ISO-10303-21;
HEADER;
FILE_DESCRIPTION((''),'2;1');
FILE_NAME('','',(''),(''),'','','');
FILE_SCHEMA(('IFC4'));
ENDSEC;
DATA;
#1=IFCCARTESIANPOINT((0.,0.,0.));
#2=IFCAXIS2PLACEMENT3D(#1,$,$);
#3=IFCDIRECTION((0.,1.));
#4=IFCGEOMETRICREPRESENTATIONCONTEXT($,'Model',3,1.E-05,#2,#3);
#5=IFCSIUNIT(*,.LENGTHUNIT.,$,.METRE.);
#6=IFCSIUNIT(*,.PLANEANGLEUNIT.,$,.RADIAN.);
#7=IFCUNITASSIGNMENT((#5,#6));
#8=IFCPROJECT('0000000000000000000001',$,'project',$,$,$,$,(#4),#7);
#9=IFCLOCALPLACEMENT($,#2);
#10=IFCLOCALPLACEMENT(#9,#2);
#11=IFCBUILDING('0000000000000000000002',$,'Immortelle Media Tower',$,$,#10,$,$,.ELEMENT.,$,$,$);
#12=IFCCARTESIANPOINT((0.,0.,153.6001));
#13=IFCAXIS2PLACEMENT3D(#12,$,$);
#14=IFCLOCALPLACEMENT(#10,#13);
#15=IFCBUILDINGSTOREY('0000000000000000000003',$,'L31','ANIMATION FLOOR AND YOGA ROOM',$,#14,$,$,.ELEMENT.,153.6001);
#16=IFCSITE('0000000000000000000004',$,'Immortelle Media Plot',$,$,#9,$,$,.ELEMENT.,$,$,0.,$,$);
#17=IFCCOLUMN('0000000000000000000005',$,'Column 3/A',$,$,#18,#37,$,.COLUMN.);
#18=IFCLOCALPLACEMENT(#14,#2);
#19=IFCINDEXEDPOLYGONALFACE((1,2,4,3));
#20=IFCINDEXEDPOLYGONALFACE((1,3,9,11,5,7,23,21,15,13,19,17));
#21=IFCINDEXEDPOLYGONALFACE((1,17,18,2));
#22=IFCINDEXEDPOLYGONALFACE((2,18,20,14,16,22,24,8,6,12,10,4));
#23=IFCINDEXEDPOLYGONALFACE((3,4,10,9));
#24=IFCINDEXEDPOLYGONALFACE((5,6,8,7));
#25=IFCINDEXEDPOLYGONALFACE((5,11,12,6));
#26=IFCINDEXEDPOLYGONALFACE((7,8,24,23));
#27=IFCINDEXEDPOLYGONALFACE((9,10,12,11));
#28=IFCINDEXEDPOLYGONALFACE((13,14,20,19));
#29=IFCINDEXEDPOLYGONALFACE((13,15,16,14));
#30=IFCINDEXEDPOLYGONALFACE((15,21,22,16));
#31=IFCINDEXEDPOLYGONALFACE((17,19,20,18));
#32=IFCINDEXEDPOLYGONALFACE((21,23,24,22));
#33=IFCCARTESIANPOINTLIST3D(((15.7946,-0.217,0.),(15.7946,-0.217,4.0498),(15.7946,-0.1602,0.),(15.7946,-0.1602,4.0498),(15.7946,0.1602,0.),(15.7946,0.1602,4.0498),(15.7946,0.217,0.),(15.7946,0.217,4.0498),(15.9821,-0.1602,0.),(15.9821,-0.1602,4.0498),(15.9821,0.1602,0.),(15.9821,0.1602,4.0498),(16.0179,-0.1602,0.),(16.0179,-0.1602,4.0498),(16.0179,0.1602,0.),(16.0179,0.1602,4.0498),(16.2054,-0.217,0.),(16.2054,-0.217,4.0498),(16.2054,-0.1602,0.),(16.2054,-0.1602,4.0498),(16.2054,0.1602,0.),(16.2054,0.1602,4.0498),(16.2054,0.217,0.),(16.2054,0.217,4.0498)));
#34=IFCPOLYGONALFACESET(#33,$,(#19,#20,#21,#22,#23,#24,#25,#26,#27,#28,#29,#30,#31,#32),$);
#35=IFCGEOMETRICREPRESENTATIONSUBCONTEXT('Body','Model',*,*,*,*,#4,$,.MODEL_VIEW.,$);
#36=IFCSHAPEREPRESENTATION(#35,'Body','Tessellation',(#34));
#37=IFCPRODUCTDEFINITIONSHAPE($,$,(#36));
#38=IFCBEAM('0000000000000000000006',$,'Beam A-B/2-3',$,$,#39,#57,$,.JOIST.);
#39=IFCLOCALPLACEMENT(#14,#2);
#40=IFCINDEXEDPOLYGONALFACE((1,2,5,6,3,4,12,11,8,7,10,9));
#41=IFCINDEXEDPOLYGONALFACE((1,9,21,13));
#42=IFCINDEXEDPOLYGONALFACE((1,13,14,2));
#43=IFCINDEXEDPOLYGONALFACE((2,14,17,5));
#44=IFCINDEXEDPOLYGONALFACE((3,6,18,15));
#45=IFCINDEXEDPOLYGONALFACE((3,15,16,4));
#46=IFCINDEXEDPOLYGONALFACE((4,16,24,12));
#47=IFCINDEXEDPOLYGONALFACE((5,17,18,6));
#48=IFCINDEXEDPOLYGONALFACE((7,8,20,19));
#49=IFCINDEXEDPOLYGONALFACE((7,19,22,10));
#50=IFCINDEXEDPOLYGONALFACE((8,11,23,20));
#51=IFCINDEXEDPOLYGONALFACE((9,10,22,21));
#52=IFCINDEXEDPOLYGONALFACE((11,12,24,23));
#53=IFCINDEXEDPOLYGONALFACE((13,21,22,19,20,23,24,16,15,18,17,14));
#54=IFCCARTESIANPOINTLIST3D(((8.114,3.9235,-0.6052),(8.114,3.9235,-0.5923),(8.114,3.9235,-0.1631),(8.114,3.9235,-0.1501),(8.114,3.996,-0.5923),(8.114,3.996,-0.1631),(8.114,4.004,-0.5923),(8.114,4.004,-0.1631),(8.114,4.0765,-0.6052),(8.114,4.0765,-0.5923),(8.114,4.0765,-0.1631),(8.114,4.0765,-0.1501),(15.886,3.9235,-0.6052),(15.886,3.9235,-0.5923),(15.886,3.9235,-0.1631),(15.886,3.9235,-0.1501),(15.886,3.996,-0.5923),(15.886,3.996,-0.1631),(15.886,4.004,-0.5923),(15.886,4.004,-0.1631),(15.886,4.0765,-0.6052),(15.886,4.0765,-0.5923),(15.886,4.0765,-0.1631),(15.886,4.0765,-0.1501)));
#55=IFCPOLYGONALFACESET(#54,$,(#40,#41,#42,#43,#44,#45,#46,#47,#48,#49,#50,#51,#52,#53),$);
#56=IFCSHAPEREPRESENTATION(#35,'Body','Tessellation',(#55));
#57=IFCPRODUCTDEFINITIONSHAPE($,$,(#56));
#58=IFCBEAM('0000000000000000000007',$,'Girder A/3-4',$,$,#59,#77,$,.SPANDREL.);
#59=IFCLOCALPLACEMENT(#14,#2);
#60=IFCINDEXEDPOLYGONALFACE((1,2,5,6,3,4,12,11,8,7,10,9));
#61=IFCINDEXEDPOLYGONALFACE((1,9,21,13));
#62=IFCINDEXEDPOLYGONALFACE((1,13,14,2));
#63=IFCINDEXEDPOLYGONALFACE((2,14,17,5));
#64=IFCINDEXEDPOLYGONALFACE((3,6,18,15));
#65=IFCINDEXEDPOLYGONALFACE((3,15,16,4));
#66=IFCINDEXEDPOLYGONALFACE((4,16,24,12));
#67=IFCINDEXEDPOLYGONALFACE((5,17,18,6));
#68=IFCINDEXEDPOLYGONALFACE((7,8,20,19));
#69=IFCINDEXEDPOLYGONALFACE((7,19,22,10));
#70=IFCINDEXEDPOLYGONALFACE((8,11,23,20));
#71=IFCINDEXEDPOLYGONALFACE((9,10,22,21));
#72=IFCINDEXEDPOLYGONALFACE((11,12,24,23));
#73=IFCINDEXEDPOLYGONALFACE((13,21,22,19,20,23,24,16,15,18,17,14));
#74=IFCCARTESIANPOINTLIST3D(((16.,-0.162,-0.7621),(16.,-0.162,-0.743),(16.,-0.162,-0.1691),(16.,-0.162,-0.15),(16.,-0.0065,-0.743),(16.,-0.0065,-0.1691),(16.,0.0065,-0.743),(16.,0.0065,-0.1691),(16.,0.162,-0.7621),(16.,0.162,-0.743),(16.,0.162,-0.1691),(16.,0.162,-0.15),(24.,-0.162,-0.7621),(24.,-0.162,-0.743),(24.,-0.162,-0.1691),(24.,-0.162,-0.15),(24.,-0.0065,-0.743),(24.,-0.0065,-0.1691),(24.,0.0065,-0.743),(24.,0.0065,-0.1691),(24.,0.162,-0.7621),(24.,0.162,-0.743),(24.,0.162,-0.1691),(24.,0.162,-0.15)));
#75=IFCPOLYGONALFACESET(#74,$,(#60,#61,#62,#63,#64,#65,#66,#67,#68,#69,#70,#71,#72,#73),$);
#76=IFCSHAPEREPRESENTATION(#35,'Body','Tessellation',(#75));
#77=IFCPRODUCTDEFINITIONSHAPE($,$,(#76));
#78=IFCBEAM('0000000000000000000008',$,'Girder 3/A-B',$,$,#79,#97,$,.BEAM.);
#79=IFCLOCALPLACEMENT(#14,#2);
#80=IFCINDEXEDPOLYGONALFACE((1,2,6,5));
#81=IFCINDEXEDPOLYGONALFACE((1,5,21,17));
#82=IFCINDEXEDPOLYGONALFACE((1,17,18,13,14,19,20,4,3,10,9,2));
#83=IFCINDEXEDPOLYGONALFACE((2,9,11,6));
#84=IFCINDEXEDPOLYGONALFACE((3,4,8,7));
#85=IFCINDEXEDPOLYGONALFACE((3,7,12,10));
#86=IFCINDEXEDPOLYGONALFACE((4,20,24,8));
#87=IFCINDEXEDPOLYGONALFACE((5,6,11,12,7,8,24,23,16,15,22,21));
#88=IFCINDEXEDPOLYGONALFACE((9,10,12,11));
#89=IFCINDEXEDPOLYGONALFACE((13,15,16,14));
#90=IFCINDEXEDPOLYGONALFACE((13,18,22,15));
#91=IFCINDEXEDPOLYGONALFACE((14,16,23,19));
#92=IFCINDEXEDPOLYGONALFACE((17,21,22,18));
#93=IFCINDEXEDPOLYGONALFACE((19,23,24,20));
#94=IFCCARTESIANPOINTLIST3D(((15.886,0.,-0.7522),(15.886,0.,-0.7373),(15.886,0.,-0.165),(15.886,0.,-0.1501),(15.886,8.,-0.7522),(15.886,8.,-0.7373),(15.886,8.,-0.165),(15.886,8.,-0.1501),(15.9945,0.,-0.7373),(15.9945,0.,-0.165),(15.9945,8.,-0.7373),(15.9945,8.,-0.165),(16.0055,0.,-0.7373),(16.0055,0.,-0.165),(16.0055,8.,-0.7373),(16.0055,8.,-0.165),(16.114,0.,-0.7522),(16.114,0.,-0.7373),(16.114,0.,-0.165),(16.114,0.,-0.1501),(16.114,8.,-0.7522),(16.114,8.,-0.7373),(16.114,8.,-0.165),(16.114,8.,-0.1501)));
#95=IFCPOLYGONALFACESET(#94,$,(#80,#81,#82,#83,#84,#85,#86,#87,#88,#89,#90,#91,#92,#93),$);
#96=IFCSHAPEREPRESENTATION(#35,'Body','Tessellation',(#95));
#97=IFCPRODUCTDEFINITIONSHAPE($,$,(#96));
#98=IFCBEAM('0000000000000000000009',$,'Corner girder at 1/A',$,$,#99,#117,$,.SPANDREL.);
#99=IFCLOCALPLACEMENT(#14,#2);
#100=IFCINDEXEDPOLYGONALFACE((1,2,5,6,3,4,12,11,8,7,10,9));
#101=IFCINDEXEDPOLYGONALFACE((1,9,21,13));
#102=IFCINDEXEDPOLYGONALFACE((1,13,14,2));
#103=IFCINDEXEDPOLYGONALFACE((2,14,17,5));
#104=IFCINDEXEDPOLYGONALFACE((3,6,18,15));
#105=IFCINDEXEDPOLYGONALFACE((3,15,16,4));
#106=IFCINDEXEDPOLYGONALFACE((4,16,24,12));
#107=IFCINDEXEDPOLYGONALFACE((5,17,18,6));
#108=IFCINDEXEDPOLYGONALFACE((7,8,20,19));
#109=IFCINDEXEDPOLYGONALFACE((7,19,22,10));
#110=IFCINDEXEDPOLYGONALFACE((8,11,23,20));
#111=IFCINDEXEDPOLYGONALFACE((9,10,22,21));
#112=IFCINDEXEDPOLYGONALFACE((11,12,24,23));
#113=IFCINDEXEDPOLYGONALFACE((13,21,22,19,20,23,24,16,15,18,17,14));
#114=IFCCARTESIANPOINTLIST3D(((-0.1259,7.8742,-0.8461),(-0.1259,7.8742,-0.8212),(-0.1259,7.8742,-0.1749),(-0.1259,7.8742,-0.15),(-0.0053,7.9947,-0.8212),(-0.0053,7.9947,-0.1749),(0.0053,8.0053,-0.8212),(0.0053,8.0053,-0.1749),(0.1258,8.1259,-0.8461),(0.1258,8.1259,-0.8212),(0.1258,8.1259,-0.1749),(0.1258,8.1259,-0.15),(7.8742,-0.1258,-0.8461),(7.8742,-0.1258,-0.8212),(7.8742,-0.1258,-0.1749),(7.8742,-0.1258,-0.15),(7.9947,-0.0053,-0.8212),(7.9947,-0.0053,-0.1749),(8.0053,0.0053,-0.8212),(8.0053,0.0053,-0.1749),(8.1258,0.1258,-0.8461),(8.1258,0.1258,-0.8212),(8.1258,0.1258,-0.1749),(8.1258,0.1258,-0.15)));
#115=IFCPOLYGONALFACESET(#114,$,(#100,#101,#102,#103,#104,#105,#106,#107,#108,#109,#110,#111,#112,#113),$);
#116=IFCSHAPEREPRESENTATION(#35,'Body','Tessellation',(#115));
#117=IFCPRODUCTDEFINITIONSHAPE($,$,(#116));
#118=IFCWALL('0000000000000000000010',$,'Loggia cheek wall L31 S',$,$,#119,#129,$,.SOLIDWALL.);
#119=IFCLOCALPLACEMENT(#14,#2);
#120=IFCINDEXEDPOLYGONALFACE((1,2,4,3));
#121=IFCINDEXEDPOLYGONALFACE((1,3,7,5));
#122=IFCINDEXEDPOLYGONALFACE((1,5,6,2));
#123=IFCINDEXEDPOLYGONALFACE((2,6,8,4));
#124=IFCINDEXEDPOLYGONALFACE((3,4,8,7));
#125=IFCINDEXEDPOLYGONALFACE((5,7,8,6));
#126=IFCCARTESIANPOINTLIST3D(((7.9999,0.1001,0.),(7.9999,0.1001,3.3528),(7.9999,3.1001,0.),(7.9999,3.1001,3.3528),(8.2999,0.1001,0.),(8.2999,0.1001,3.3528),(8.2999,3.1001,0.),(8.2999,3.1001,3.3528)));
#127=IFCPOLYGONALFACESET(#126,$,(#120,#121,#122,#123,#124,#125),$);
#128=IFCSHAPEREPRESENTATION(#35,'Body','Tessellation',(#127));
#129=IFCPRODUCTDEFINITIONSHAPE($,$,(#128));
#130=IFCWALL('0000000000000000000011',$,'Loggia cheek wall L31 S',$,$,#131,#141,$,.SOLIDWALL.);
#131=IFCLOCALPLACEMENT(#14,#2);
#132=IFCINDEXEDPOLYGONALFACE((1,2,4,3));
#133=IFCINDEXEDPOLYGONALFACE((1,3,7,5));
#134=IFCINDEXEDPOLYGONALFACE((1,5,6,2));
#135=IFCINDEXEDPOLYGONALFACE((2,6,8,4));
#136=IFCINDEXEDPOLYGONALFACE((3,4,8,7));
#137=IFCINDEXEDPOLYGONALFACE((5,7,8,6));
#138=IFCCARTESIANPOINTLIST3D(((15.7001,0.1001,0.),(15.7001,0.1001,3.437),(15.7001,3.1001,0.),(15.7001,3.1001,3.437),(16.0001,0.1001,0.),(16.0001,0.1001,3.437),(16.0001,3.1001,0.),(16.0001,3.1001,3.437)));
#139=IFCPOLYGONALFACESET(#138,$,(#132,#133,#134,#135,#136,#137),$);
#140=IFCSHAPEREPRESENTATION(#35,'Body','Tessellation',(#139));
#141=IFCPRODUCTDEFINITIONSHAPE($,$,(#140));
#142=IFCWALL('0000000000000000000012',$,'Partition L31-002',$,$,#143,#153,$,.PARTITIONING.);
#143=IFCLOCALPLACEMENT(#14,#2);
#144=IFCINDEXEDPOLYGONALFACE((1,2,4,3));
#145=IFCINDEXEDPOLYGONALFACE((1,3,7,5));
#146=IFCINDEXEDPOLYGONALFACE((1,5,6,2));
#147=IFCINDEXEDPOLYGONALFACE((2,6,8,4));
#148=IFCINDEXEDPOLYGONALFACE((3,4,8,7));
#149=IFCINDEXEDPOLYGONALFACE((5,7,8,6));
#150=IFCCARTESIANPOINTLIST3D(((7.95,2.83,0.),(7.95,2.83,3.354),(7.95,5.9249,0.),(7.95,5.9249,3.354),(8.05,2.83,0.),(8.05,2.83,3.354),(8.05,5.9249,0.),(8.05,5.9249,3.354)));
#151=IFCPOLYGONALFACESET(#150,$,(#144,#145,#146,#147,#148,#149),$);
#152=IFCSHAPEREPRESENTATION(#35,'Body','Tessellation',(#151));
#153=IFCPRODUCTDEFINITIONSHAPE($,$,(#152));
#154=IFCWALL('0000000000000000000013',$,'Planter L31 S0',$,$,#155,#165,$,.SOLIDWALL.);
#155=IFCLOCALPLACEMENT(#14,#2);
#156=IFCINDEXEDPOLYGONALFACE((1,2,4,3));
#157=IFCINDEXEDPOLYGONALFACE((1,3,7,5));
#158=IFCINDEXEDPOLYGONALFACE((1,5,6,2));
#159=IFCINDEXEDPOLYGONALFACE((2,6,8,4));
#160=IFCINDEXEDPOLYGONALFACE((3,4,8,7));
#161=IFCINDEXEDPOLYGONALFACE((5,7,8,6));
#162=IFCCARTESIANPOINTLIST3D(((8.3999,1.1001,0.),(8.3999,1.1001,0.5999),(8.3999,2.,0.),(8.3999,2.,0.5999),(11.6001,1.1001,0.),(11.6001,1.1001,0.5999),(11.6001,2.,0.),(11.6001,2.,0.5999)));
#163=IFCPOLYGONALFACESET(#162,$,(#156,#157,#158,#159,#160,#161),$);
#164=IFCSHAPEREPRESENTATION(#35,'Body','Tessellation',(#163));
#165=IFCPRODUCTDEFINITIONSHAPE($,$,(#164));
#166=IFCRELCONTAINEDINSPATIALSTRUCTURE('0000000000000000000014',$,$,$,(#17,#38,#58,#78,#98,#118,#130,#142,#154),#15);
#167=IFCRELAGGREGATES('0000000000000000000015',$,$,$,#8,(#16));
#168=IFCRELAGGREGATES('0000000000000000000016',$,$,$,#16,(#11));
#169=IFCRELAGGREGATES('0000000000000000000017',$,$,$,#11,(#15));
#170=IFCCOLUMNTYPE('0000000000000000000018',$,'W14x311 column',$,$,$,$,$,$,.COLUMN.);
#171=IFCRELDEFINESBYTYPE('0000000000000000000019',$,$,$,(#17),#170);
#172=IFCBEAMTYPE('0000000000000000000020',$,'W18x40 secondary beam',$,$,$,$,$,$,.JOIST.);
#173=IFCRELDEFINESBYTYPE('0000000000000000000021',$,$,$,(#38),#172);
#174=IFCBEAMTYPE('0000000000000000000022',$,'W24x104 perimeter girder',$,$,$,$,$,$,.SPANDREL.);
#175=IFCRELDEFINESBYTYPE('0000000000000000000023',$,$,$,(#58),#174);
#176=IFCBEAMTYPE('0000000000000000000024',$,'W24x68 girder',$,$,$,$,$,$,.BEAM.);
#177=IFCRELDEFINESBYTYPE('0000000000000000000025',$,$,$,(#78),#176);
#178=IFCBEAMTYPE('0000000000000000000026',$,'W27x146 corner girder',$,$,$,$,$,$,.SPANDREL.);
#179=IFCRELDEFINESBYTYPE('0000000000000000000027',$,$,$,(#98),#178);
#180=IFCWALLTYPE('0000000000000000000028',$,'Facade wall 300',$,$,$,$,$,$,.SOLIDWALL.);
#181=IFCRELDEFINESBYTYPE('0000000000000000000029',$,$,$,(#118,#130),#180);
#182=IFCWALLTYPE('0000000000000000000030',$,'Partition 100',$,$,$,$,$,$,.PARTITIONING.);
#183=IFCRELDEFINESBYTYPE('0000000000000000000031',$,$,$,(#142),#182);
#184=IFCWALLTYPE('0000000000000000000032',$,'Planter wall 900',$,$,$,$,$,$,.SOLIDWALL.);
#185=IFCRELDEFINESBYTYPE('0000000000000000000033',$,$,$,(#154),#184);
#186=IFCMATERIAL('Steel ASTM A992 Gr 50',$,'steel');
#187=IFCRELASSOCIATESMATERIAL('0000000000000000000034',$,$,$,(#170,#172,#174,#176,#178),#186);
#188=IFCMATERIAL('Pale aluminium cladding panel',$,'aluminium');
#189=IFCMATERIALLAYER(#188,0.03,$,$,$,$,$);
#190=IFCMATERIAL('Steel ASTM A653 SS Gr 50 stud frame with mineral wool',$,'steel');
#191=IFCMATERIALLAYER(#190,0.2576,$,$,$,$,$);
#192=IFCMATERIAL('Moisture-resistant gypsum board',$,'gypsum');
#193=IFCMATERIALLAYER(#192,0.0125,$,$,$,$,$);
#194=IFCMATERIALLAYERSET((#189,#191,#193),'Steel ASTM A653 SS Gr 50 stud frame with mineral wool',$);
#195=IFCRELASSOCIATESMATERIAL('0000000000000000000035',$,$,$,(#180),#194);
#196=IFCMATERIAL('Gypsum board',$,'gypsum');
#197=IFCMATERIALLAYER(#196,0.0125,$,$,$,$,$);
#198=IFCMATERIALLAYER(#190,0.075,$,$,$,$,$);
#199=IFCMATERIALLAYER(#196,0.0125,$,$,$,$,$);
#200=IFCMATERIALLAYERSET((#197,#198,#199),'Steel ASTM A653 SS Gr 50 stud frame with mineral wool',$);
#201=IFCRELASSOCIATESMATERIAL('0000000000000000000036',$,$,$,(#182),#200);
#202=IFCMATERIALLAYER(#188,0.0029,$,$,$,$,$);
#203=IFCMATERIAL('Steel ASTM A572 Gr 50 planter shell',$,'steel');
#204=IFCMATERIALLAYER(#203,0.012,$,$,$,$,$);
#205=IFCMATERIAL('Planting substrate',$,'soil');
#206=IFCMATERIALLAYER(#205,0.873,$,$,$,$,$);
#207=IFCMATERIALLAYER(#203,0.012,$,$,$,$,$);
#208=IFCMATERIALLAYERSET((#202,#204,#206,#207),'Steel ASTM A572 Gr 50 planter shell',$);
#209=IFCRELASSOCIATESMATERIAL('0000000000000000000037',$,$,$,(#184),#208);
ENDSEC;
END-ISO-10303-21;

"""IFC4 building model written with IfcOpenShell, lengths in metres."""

from ifc_helpers import new_model, si_unit, direction, frame, frame_2d, origin, origin_2d, place, context, subcontext, project, spatial, rectangle, i_section, extrude, material, layer, layer_set, material_profile, profile_set, type_object, element, save


model = new_model("IFC4")

# Units and contexts
model_context = context("Model", 3, precision=1e-05, world=origin(), true_north=direction((0.0, 1.0)))
body_context = subcontext(model_context, "Body", "Model", "MODEL_VIEW")
ifc_project = project(units=[si_unit("LENGTHUNIT", "METRE"), si_unit("PLANEANGLEUNIT", "RADIAN")], contexts=[model_context])

# Site, building, storey
site_placement = place(None, origin())
site = spatial("IfcSite", under=ifc_project, at=site_placement, Name="Immortelle Media Plot", CompositionType="ELEMENT", RefElevation=0.0)
building_placement = place(site_placement, origin())
building = spatial("IfcBuilding", under=site, at=building_placement, Name="Immortelle Media Tower", CompositionType="ELEMENT")
storey_placement = place(building_placement, frame((0.0, 0.0, 153.6001)))
storey = spatial("IfcBuildingStorey", under=building, at=storey_placement, Name="L31", Description="ANIMATION FLOOR AND YOGA ROOM", CompositionType="ELEMENT", Elevation=153.6001)

# Column
ifc_material_1 = material(Name="Steel ASTM A992 Gr 50", Category="steel")
ifc_material_profile_1 = material_profile(ifc_material_1, i_section(OverallWidth=0.4109, OverallDepth=0.4341, WebThickness=0.0359, FlangeThickness=0.0569, at=origin_2d()), Name="W14x311")
ifc_profile_set_1 = profile_set([ifc_material_profile_1], Name="Steel ASTM A992 Gr 50")
column_type = type_object("IfcColumnType", Name="W14x311 column", PredefinedType="COLUMN", material=ifc_profile_set_1)
column_placement = place(storey_placement, frame((16.0, 0.0, 0.0), z_axis=(0.0, 0.0, 1.0), x_axis=(1.0, 0.0, 0.0)))
element("IfcColumn", 1, at=column_placement, inside=storey, type_object=column_type, Name="Column 3/A", PredefinedType="COLUMN", context=body_context, shape_type="SweptSolid", body=[
    extrude(i_section(OverallWidth=0.4109, OverallDepth=0.4341, WebThickness=0.0359, FlangeThickness=0.0569, at=origin_2d()), origin(), (0.0, 0.0, 1.0), 4.0498),
])

# Beams
ifc_material_profile_2 = material_profile(ifc_material_1, i_section(OverallWidth=0.1531, OverallDepth=0.4551, WebThickness=0.0081, FlangeThickness=0.0129, at=origin_2d()), Name="W18x40")
ifc_profile_set_2 = profile_set([ifc_material_profile_2], Name="Steel ASTM A992 Gr 50")
beam_type_1 = type_object("IfcBeamType", Name="W18x40 secondary beam", PredefinedType="JOIST", material=ifc_profile_set_2)
beam_1_placement = place(storey_placement, frame((8.114, 4.0, -0.3777), z_axis=(1.0, 0.0, 0.0), x_axis=(0.0, 1.0, 0.0)))
element("IfcBeam", 2, at=beam_1_placement, inside=storey, type_object=beam_type_1, Name="Beam A-B/2-3", PredefinedType="JOIST", context=body_context, shape_type="SweptSolid", body=[
    extrude(i_section(OverallWidth=0.1531, OverallDepth=0.4551, WebThickness=0.0081, FlangeThickness=0.0129, at=origin_2d()), origin(), (0.0, 0.0, 1.0), 7.772),
])
ifc_material_profile_3 = material_profile(ifc_material_1, i_section(OverallWidth=0.324, OverallDepth=0.6121, WebThickness=0.0129, FlangeThickness=0.019, at=origin_2d()), Name="W24x104")
ifc_profile_set_3 = profile_set([ifc_material_profile_3], Name="Steel ASTM A992 Gr 50")
beam_type_2 = type_object("IfcBeamType", Name="W24x104 perimeter girder", PredefinedType="SPANDREL", material=ifc_profile_set_3)
beam_2_placement = place(storey_placement, frame((16.0, 0.0, -0.4561), z_axis=(1.0, 0.0, 0.0), x_axis=(0.0, 1.0, 0.0)))
element("IfcBeam", 3, at=beam_2_placement, inside=storey, type_object=beam_type_2, Name="Girder A/3-4", PredefinedType="SPANDREL", context=body_context, shape_type="SweptSolid", body=[
    extrude(i_section(OverallWidth=0.324, OverallDepth=0.6121, WebThickness=0.0129, FlangeThickness=0.019, at=origin_2d()), origin(), (0.0, 0.0, 1.0), 8.0),
])
ifc_material_profile_4 = material_profile(ifc_material_1, i_section(OverallWidth=0.228, OverallDepth=0.6021, WebThickness=0.011, FlangeThickness=0.0149, at=origin_2d()), Name="W24x68")
ifc_profile_set_4 = profile_set([ifc_material_profile_4], Name="Steel ASTM A992 Gr 50")
beam_type_3 = type_object("IfcBeamType", Name="W24x68 girder", PredefinedType="BEAM", material=ifc_profile_set_4)
beam_3_placement = place(storey_placement, frame((16.0, 0.0, -0.4512), z_axis=(0.0, 1.0, 0.0), x_axis=(-1.0, 0.0, 0.0)))
element("IfcBeam", 4, at=beam_3_placement, inside=storey, type_object=beam_type_3, Name="Girder 3/A-B", PredefinedType="BEAM", context=body_context, shape_type="SweptSolid", body=[
    extrude(i_section(OverallWidth=0.228, OverallDepth=0.6021, WebThickness=0.011, FlangeThickness=0.0149, at=origin_2d()), origin(), (0.0, 0.0, 1.0), 8.0),
])
ifc_material_profile_5 = material_profile(ifc_material_1, i_section(OverallWidth=0.356, OverallDepth=0.696, WebThickness=0.0149, FlangeThickness=0.0249, at=origin_2d()), Name="W27x146")
ifc_profile_set_5 = profile_set([ifc_material_profile_5], Name="Steel ASTM A992 Gr 50")
beam_type_4 = type_object("IfcBeamType", Name="W27x146 corner girder", PredefinedType="SPANDREL", material=ifc_profile_set_5)
beam_4_placement = place(storey_placement, frame((8.0, 0.0, -0.498), z_axis=(-0.707107, 0.707107, 0.0), x_axis=(-0.707107, -0.707107, 0.0)))
element("IfcBeam", 5, at=beam_4_placement, inside=storey, type_object=beam_type_4, Name="Corner girder at 1/A", PredefinedType="SPANDREL", context=body_context, shape_type="SweptSolid", body=[
    extrude(i_section(OverallWidth=0.356, OverallDepth=0.696, WebThickness=0.0149, FlangeThickness=0.0249, at=origin_2d()), origin(), (0.0, 0.0, 1.0), 11.3137),
])

# Shared definitions
ifc_material_2 = material(Name="Pale aluminium cladding panel", Category="aluminium")
ifc_layer_1 = layer(ifc_material_2, 0.03)
ifc_material_3 = material(Name="Steel ASTM A653 SS Gr 50 stud frame with mineral wool", Category="steel")
ifc_layer_2 = layer(ifc_material_3, 0.2576)
ifc_material_4 = material(Name="Moisture-resistant gypsum board", Category="gypsum")
ifc_layer_3 = layer(ifc_material_4, 0.0125)
ifc_layer_set_1 = layer_set([ifc_layer_1, ifc_layer_2, ifc_layer_3], Name="Steel ASTM A653 SS Gr 50 stud frame with mineral wool")
wall_type_1 = type_object("IfcWallType", Name="Facade wall 300", PredefinedType="SOLIDWALL", material=ifc_layer_set_1)

# Walls
wall_1_placement = place(storey_placement, frame((8.1499, 0.1001, 0.0), z_axis=(0.0, 0.0, 1.0), x_axis=(0.0, 1.0, 0.0)))
element("IfcWall", 6, at=wall_1_placement, inside=storey, type_object=wall_type_1, Name="Loggia cheek wall L31 S", PredefinedType="SOLIDWALL", context=body_context, shape_type="SweptSolid", body=[
    extrude(rectangle(XDim=3.0, YDim=0.3, at=frame_2d((1.5, 0.0))), origin(), (0.0, 0.0, 1.0), 3.3528),
])
wall_2_placement = place(storey_placement, frame((15.8501, 0.1001, 0.0), z_axis=(0.0, 0.0, 1.0), x_axis=(0.0, 1.0, 0.0)))
element("IfcWall", 7, at=wall_2_placement, inside=storey, type_object=wall_type_1, Name="Loggia cheek wall L31 S", PredefinedType="SOLIDWALL", context=body_context, shape_type="SweptSolid", body=[
    extrude(rectangle(XDim=3.0, YDim=0.3, at=frame_2d((1.5, 0.0))), origin(), (0.0, 0.0, 1.0), 3.437),
])
ifc_material_5 = material(Name="Gypsum board", Category="gypsum")
ifc_layer_4 = layer(ifc_material_5, 0.0125)
ifc_layer_5 = layer(ifc_material_3, 0.075)
ifc_layer_6 = layer(ifc_material_5, 0.0125)
ifc_layer_set_2 = layer_set([ifc_layer_4, ifc_layer_5, ifc_layer_6], Name="Steel ASTM A653 SS Gr 50 stud frame with mineral wool")
wall_type_2 = type_object("IfcWallType", Name="Partition 100", PredefinedType="PARTITIONING", material=ifc_layer_set_2)
wall_3_placement = place(storey_placement, frame((8.0, 2.8301, 0.0), z_axis=(0.0, 0.0, 1.0), x_axis=(0.0, 1.0, 0.0)))
element("IfcWall", 8, at=wall_3_placement, inside=storey, type_object=wall_type_2, Name="Partition L31-002", PredefinedType="PARTITIONING", context=body_context, shape_type="SweptSolid", body=[
    extrude(rectangle(XDim=3.095, YDim=0.1001, at=frame_2d((1.5474, 0.0))), origin(), (0.0, 0.0, 1.0), 3.354),
])
ifc_layer_7 = layer(ifc_material_2, 0.0029)
ifc_material_6 = material(Name="Steel ASTM A572 Gr 50 planter shell", Category="steel")
ifc_layer_8 = layer(ifc_material_6, 0.012)
ifc_material_7 = material(Name="Planting substrate", Category="soil")
ifc_layer_9 = layer(ifc_material_7, 0.873)
ifc_layer_10 = layer(ifc_material_6, 0.012)
ifc_layer_set_3 = layer_set([ifc_layer_7, ifc_layer_8, ifc_layer_9, ifc_layer_10], Name="Steel ASTM A572 Gr 50 planter shell")
wall_type_3 = type_object("IfcWallType", Name="Planter wall 900", PredefinedType="SOLIDWALL", material=ifc_layer_set_3)
wall_4_placement = place(storey_placement, frame((8.3999, 1.55, 0.0), z_axis=(0.0, 0.0, 1.0), x_axis=(1.0, 0.0, 0.0)))
element("IfcWall", 9, at=wall_4_placement, inside=storey, type_object=wall_type_3, Name="Planter L31 S0", PredefinedType="SOLIDWALL", context=body_context, shape_type="SweptSolid", body=[
    extrude(rectangle(XDim=3.2002, YDim=0.8999, at=frame_2d((1.6001, 0.0))), origin(), (0.0, 0.0, 1.0), 0.5999),
])

save(model, "model.ifc")
